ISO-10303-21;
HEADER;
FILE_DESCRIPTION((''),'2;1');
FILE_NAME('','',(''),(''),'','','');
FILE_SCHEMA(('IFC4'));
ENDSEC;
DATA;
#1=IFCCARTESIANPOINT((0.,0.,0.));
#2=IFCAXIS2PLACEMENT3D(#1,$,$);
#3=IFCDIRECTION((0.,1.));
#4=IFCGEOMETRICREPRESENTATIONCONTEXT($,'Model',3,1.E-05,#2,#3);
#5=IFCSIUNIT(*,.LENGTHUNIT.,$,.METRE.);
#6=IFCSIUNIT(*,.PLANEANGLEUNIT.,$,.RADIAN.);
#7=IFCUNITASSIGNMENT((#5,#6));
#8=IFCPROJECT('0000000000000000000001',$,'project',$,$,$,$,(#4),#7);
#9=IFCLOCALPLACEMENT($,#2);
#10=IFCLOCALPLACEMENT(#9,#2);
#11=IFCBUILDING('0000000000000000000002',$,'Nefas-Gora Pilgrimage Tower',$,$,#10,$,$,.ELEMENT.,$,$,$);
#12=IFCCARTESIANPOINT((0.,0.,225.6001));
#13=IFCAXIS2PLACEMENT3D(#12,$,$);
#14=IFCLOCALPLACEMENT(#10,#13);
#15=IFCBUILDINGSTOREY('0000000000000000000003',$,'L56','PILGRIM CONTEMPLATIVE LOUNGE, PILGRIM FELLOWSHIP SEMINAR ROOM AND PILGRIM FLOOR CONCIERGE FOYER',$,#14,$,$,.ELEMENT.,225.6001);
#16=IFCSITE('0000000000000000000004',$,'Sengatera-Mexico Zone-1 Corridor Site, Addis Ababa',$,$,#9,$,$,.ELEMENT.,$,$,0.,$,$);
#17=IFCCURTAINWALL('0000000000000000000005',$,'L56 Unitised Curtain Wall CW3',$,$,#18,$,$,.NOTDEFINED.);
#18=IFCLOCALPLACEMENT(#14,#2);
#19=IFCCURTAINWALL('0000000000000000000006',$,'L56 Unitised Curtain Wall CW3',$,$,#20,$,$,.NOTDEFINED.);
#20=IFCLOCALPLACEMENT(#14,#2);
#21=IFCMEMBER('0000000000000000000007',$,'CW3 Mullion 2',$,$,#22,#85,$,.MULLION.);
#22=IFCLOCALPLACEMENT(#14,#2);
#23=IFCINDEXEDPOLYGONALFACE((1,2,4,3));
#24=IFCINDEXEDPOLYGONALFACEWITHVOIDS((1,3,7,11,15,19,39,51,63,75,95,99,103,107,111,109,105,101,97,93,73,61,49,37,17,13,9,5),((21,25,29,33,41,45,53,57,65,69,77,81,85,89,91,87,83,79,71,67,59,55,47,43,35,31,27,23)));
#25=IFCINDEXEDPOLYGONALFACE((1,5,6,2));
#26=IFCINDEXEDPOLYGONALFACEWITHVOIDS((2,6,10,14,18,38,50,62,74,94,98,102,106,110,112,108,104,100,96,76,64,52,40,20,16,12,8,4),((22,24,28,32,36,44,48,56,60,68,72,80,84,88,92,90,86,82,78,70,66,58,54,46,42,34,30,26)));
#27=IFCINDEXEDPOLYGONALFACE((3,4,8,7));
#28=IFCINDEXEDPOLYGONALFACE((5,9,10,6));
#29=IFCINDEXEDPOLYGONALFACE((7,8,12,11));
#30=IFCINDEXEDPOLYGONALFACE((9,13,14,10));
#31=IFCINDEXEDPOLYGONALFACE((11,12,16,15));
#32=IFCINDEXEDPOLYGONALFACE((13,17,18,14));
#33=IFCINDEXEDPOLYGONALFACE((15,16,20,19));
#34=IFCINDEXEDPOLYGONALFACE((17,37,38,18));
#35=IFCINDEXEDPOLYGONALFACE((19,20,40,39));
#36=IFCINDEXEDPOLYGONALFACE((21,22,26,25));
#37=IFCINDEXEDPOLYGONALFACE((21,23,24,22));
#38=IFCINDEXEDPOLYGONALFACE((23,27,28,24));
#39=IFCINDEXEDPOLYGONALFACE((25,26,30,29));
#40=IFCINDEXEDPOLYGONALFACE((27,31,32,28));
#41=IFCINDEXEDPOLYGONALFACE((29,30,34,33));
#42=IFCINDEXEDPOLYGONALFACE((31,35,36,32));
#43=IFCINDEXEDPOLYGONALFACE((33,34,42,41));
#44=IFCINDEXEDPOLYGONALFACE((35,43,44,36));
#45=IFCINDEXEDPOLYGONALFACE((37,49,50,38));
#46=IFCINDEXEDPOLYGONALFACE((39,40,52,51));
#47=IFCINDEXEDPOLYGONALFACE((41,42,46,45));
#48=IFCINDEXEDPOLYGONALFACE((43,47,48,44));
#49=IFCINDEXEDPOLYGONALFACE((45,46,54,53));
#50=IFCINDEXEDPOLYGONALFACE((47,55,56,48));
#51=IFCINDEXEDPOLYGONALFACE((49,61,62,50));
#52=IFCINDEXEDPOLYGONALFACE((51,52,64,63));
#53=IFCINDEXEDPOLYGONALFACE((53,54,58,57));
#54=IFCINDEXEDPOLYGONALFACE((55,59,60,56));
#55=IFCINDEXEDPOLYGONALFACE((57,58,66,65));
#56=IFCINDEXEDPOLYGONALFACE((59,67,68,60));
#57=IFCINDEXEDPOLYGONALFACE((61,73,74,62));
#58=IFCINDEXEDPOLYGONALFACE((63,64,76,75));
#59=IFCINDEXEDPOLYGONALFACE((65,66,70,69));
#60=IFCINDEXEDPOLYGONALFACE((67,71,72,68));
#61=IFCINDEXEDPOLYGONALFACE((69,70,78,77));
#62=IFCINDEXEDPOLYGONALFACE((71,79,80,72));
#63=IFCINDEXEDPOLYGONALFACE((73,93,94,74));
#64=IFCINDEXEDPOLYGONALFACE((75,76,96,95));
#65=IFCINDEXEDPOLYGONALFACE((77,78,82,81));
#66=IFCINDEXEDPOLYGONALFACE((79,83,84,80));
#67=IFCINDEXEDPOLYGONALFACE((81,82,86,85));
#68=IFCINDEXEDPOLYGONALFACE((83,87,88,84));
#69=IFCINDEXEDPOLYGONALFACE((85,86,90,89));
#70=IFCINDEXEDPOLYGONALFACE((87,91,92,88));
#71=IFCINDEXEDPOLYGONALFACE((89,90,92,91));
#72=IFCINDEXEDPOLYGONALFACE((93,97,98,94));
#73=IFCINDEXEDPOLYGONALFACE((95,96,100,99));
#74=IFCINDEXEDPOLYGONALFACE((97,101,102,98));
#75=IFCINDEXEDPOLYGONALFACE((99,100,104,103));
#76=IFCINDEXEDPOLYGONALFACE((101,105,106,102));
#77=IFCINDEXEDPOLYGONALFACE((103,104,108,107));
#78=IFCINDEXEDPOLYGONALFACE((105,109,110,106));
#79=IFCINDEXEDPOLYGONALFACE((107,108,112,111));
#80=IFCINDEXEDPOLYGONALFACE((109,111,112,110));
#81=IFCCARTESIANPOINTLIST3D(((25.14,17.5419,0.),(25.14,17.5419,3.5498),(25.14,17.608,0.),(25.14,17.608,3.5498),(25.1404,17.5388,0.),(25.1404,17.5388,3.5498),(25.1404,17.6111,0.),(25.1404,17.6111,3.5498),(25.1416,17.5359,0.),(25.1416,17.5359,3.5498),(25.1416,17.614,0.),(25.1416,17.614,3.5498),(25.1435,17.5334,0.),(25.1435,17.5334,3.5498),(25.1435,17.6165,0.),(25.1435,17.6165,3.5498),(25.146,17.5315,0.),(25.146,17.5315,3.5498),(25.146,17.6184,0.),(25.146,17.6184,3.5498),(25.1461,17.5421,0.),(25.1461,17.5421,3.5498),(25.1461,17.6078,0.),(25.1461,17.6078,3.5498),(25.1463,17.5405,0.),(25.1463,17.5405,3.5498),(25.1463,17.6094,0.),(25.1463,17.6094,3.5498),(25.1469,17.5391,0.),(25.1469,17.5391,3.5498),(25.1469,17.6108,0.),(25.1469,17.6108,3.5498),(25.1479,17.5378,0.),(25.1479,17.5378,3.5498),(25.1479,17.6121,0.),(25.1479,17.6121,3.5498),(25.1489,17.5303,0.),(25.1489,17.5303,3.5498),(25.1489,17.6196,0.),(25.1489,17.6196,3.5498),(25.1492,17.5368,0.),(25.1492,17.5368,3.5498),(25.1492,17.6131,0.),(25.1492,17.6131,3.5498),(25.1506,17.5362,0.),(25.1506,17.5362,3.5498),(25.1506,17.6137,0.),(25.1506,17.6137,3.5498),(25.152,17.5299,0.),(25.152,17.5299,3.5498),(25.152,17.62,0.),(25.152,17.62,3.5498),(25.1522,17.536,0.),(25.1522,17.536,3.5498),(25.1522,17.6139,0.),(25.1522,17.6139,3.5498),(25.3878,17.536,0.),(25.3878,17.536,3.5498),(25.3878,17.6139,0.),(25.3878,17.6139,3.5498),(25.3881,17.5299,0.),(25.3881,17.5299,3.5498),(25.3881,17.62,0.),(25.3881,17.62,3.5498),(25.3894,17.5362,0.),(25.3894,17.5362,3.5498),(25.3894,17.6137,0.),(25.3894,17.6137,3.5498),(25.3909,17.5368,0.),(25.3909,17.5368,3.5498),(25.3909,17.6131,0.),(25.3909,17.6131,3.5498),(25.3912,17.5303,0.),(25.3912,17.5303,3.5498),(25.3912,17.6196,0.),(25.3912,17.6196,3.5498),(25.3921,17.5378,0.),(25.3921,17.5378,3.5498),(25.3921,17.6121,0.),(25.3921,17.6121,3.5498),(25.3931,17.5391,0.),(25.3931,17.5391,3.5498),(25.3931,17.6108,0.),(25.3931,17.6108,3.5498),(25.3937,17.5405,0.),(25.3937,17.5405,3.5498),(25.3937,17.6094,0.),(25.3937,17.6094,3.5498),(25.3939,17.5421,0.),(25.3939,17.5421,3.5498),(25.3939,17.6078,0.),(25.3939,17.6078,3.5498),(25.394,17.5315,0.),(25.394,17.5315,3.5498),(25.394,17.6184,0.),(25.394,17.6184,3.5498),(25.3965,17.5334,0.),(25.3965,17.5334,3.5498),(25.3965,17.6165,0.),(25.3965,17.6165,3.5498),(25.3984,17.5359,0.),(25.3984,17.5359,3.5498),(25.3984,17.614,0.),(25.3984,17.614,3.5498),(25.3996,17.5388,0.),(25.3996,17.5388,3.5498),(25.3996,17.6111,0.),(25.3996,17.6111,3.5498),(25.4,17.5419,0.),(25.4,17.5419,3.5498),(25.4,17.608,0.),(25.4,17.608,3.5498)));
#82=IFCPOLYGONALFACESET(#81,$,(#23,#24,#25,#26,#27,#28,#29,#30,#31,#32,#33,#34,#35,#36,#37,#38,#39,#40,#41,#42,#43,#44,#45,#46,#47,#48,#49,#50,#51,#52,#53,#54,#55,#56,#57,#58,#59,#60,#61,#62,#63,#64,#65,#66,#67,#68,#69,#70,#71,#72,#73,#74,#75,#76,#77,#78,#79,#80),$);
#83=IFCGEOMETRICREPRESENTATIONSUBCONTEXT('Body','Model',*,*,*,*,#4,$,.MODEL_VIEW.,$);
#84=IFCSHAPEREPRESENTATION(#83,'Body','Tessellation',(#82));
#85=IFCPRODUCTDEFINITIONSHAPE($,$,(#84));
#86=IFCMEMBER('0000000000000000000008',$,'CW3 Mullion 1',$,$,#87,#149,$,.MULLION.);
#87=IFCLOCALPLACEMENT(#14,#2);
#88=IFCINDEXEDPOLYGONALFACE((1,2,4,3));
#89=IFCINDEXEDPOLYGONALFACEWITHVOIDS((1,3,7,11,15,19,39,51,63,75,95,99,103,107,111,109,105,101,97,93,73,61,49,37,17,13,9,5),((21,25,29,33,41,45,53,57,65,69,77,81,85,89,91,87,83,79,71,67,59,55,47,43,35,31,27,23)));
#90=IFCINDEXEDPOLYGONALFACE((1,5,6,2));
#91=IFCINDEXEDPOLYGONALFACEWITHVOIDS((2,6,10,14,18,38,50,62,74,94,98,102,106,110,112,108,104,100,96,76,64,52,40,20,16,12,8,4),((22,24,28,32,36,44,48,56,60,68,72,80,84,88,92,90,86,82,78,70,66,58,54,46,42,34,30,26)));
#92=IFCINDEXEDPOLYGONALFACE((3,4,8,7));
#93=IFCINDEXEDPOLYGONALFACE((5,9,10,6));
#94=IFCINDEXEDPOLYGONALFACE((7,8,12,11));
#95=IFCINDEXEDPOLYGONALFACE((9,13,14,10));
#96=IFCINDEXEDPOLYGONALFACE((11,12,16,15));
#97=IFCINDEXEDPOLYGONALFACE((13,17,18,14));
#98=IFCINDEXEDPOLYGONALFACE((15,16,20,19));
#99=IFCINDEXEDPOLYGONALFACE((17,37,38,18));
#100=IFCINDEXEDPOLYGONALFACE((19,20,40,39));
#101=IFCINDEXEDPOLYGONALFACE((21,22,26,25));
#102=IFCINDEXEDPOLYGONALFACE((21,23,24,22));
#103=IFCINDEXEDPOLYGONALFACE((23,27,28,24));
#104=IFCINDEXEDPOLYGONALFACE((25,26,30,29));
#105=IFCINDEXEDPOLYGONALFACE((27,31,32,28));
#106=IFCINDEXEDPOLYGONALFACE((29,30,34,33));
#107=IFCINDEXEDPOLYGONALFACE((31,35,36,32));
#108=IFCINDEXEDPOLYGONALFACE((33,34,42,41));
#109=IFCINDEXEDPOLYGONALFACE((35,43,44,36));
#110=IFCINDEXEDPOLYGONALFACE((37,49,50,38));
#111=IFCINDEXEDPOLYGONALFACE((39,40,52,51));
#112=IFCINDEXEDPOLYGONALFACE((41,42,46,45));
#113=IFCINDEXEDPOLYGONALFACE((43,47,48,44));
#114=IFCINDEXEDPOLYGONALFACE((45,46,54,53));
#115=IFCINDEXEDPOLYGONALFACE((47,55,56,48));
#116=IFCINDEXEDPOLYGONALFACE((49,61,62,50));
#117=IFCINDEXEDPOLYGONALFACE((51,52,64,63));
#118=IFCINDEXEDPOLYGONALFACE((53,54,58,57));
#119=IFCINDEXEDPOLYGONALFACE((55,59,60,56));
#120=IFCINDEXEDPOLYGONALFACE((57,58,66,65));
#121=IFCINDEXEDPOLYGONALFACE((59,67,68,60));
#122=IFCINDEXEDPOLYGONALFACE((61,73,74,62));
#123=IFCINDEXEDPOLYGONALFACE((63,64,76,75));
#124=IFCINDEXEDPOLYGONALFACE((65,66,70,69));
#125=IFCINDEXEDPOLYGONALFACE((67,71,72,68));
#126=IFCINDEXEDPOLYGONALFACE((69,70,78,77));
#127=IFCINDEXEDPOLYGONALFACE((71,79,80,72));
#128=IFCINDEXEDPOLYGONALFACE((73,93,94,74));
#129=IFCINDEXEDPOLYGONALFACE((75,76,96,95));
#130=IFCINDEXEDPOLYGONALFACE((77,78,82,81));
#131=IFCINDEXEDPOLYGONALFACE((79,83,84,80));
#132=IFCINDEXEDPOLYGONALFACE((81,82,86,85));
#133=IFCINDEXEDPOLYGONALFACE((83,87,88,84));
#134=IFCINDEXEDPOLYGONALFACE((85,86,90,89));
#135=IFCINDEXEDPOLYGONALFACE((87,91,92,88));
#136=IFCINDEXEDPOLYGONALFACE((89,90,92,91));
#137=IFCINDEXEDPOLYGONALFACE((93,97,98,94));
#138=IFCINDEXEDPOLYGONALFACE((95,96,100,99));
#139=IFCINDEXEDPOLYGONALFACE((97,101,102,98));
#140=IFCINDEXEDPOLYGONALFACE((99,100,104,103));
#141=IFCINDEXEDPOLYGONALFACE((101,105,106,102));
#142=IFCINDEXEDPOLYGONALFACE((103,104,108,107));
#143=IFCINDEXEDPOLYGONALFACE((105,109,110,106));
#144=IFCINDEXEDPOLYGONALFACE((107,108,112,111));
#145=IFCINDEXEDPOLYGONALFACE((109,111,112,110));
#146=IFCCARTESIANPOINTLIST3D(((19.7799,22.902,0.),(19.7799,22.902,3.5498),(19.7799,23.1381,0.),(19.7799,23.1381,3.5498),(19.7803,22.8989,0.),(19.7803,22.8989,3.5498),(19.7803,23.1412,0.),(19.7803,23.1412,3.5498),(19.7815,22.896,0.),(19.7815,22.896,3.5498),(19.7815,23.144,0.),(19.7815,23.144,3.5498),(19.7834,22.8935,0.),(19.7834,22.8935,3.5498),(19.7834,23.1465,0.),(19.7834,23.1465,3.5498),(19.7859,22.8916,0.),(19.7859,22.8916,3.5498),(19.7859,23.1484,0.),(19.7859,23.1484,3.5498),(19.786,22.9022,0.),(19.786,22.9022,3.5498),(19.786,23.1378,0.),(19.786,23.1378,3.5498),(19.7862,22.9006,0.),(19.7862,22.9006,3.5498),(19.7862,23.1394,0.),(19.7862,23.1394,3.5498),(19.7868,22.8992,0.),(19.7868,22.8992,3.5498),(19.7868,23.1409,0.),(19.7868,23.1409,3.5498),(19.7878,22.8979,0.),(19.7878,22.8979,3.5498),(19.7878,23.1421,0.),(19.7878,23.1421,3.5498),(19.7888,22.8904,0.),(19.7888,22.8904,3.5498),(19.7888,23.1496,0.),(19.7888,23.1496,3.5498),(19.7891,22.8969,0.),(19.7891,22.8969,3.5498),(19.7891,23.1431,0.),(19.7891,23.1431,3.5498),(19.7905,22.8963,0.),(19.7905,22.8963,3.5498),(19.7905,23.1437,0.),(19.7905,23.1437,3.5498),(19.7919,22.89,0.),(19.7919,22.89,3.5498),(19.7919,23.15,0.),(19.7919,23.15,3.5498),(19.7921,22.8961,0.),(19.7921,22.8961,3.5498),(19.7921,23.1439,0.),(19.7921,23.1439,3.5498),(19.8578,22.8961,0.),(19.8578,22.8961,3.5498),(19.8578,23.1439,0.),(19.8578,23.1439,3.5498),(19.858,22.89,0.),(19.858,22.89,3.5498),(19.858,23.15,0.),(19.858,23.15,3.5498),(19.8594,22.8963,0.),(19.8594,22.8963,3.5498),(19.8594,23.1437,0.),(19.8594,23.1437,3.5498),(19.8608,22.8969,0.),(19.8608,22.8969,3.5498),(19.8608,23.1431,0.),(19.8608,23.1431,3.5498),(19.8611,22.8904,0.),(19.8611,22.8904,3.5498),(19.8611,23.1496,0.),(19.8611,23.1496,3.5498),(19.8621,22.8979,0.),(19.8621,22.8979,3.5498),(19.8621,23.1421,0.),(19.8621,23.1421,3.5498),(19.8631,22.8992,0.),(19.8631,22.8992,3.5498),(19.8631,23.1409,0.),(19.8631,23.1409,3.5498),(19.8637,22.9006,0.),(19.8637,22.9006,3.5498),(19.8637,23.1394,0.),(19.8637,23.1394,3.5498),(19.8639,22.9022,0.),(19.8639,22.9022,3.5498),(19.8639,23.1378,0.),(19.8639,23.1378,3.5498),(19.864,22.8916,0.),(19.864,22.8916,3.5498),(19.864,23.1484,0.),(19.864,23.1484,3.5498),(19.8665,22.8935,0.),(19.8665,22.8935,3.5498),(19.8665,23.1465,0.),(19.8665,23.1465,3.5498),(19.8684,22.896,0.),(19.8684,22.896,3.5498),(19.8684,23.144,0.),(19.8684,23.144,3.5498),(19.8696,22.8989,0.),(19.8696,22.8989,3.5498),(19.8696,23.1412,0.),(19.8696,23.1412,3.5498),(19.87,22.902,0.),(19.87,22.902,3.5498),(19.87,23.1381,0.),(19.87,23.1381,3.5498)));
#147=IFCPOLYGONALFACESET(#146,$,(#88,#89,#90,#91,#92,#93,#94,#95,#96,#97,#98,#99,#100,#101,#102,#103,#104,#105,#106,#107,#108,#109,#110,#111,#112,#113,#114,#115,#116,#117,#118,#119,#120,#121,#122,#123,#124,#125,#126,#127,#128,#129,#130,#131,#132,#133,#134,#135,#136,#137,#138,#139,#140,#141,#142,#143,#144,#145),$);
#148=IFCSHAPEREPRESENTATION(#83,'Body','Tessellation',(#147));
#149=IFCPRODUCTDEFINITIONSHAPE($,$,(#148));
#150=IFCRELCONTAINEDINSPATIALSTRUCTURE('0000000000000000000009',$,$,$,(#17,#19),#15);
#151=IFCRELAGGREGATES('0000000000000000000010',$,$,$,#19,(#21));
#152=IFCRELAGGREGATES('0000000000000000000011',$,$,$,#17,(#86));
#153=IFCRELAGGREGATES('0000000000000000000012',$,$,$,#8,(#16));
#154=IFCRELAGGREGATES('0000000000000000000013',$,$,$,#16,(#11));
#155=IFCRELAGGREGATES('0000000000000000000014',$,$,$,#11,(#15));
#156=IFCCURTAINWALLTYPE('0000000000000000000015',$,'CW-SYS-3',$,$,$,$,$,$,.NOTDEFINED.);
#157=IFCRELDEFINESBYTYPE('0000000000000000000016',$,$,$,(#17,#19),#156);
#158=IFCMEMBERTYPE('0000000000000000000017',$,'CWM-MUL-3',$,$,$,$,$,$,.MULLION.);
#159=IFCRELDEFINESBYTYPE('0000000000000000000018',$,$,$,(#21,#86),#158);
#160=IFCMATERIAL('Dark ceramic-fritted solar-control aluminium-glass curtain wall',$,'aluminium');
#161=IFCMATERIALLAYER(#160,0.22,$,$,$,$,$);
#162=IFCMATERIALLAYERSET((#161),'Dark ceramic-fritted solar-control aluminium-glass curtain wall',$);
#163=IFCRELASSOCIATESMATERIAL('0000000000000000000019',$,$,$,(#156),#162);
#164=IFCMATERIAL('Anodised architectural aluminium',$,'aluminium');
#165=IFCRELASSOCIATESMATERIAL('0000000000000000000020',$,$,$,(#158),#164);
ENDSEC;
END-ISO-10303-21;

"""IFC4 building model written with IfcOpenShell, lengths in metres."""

from ifc_helpers import new_model, si_unit, direction, frame, origin, origin_2d, place, context, subcontext, project, spatial, hollow_rectangle, extrude, source, transform, mapped, material, layer, layer_set, material_profile, profile_set, type_object, element, aggregate, save


model = new_model("IFC4")

# Units and contexts
model_context = context("Model", 3, precision=1e-05, world=origin(), true_north=direction((0.0, 1.0)))
body_context = subcontext(model_context, "Body", "Model", "MODEL_VIEW")
ifc_project = project(units=[si_unit("LENGTHUNIT", "METRE"), si_unit("PLANEANGLEUNIT", "RADIAN")], contexts=[model_context])

# Site, building, storey
site_placement = place(None, origin())
site = spatial("IfcSite", under=ifc_project, at=site_placement, Name="Sengatera-Mexico Zone-1 Corridor Site, Addis Ababa", CompositionType="ELEMENT", RefElevation=0.0)
building_placement = place(site_placement, origin())
building = spatial("IfcBuilding", under=site, at=building_placement, Name="Nefas-Gora Pilgrimage Tower", CompositionType="ELEMENT")
storey_placement = place(building_placement, frame((0.0, 0.0, 225.6001)))
storey = spatial("IfcBuildingStorey", under=building, at=storey_placement, Name="L56", Description="PILGRIM CONTEMPLATIVE LOUNGE, PILGRIM FELLOWSHIP SEMINAR ROOM AND PILGRIM FLOOR CONCIERGE FOYER", CompositionType="ELEMENT", Elevation=225.6001)

# Curtain walls, member
ifc_material_1 = material(Name="Dark ceramic-fritted solar-control aluminium-glass curtain wall", Category="aluminium")
ifc_layer_1 = layer(ifc_material_1, 0.22)
ifc_layer_set_1 = layer_set([ifc_layer_1], Name="Dark ceramic-fritted solar-control aluminium-glass curtain wall")
curtain_wall_type = type_object("IfcCurtainWallType", Name="CW-SYS-3", PredefinedType="NOTDEFINED", material=ifc_layer_set_1)
curtain_wall_1_placement = place(storey_placement, origin())
curtain_wall_1 = element("IfcCurtainWall", 1, at=curtain_wall_1_placement, inside=storey, type_object=curtain_wall_type, Name="L56 Unitised Curtain Wall CW3", PredefinedType="NOTDEFINED")
ifc_material_2 = material(Name="Anodised architectural aluminium", Category="aluminium")
curtain_wall_2_placement = place(storey_placement, origin())
curtain_wall_2 = element("IfcCurtainWall", 2, at=curtain_wall_2_placement, inside=storey, type_object=curtain_wall_type, Name="L56 Unitised Curtain Wall CW3", PredefinedType="NOTDEFINED")
ifc_material_profile_1 = material_profile(ifc_material_2, hollow_rectangle(XDim=0.0901, YDim=0.26, WallThickness=0.0061, InnerFilletRadius=0.0061, OuterFilletRadius=0.012, at=origin_2d()), Name="ALU MULLION 90x260")
ifc_profile_set_1 = profile_set([ifc_material_profile_1], Name="Anodised architectural aluminium")
member_type_1 = type_object("IfcMemberType", Name="CWM-MUL-3", PredefinedType="MULLION", material=ifc_profile_set_1)
shared_shape_1 = source(origin(), body_context, "Body", "SweptSolid", [
    extrude(hollow_rectangle(XDim=0.0901, YDim=0.26, WallThickness=0.0061, InnerFilletRadius=0.0061, OuterFilletRadius=0.012, at=origin_2d()), origin(), (0.0, 0.0, 1.0), 3.5498),
])
member_1_placement = place(storey_placement, frame((25.27, 17.575, 0.0), z_axis=(0.0, 0.0, 1.0), x_axis=(0.0, 1.0, 0.0)))
member_1 = element("IfcMember", 3, at=member_1_placement, type_object=member_type_1, Name="CW3 Mullion 2", PredefinedType="MULLION", context=body_context, shape_type="MappedRepresentation", body=[
    mapped(shared_shape_1, transform((0.0, 0.0, 0.0), x_axis=(1.0, 0.0, 0.0), y_axis=(0.0, 1.0, 0.0), z_axis=(0.0, 0.0, 1.0), scale=1.0)),
])
aggregate(curtain_wall_2, [member_1])

# Member
member_2_placement = place(storey_placement, frame((19.825, 23.02, 0.0), z_axis=(0.0, 0.0, 1.0), x_axis=(-1.0, 0.0, 0.0)))
member_2 = element("IfcMember", 4, at=member_2_placement, type_object=member_type_1, Name="CW3 Mullion 1", PredefinedType="MULLION", context=body_context, shape_type="MappedRepresentation", body=[
    mapped(shared_shape_1, transform((0.0, 0.0, 0.0), x_axis=(1.0, 0.0, 0.0), y_axis=(0.0, 1.0, 0.0), z_axis=(0.0, 0.0, 1.0), scale=1.0)),
])

aggregate(curtain_wall_1, [member_2])

save(model, "model.ifc")
